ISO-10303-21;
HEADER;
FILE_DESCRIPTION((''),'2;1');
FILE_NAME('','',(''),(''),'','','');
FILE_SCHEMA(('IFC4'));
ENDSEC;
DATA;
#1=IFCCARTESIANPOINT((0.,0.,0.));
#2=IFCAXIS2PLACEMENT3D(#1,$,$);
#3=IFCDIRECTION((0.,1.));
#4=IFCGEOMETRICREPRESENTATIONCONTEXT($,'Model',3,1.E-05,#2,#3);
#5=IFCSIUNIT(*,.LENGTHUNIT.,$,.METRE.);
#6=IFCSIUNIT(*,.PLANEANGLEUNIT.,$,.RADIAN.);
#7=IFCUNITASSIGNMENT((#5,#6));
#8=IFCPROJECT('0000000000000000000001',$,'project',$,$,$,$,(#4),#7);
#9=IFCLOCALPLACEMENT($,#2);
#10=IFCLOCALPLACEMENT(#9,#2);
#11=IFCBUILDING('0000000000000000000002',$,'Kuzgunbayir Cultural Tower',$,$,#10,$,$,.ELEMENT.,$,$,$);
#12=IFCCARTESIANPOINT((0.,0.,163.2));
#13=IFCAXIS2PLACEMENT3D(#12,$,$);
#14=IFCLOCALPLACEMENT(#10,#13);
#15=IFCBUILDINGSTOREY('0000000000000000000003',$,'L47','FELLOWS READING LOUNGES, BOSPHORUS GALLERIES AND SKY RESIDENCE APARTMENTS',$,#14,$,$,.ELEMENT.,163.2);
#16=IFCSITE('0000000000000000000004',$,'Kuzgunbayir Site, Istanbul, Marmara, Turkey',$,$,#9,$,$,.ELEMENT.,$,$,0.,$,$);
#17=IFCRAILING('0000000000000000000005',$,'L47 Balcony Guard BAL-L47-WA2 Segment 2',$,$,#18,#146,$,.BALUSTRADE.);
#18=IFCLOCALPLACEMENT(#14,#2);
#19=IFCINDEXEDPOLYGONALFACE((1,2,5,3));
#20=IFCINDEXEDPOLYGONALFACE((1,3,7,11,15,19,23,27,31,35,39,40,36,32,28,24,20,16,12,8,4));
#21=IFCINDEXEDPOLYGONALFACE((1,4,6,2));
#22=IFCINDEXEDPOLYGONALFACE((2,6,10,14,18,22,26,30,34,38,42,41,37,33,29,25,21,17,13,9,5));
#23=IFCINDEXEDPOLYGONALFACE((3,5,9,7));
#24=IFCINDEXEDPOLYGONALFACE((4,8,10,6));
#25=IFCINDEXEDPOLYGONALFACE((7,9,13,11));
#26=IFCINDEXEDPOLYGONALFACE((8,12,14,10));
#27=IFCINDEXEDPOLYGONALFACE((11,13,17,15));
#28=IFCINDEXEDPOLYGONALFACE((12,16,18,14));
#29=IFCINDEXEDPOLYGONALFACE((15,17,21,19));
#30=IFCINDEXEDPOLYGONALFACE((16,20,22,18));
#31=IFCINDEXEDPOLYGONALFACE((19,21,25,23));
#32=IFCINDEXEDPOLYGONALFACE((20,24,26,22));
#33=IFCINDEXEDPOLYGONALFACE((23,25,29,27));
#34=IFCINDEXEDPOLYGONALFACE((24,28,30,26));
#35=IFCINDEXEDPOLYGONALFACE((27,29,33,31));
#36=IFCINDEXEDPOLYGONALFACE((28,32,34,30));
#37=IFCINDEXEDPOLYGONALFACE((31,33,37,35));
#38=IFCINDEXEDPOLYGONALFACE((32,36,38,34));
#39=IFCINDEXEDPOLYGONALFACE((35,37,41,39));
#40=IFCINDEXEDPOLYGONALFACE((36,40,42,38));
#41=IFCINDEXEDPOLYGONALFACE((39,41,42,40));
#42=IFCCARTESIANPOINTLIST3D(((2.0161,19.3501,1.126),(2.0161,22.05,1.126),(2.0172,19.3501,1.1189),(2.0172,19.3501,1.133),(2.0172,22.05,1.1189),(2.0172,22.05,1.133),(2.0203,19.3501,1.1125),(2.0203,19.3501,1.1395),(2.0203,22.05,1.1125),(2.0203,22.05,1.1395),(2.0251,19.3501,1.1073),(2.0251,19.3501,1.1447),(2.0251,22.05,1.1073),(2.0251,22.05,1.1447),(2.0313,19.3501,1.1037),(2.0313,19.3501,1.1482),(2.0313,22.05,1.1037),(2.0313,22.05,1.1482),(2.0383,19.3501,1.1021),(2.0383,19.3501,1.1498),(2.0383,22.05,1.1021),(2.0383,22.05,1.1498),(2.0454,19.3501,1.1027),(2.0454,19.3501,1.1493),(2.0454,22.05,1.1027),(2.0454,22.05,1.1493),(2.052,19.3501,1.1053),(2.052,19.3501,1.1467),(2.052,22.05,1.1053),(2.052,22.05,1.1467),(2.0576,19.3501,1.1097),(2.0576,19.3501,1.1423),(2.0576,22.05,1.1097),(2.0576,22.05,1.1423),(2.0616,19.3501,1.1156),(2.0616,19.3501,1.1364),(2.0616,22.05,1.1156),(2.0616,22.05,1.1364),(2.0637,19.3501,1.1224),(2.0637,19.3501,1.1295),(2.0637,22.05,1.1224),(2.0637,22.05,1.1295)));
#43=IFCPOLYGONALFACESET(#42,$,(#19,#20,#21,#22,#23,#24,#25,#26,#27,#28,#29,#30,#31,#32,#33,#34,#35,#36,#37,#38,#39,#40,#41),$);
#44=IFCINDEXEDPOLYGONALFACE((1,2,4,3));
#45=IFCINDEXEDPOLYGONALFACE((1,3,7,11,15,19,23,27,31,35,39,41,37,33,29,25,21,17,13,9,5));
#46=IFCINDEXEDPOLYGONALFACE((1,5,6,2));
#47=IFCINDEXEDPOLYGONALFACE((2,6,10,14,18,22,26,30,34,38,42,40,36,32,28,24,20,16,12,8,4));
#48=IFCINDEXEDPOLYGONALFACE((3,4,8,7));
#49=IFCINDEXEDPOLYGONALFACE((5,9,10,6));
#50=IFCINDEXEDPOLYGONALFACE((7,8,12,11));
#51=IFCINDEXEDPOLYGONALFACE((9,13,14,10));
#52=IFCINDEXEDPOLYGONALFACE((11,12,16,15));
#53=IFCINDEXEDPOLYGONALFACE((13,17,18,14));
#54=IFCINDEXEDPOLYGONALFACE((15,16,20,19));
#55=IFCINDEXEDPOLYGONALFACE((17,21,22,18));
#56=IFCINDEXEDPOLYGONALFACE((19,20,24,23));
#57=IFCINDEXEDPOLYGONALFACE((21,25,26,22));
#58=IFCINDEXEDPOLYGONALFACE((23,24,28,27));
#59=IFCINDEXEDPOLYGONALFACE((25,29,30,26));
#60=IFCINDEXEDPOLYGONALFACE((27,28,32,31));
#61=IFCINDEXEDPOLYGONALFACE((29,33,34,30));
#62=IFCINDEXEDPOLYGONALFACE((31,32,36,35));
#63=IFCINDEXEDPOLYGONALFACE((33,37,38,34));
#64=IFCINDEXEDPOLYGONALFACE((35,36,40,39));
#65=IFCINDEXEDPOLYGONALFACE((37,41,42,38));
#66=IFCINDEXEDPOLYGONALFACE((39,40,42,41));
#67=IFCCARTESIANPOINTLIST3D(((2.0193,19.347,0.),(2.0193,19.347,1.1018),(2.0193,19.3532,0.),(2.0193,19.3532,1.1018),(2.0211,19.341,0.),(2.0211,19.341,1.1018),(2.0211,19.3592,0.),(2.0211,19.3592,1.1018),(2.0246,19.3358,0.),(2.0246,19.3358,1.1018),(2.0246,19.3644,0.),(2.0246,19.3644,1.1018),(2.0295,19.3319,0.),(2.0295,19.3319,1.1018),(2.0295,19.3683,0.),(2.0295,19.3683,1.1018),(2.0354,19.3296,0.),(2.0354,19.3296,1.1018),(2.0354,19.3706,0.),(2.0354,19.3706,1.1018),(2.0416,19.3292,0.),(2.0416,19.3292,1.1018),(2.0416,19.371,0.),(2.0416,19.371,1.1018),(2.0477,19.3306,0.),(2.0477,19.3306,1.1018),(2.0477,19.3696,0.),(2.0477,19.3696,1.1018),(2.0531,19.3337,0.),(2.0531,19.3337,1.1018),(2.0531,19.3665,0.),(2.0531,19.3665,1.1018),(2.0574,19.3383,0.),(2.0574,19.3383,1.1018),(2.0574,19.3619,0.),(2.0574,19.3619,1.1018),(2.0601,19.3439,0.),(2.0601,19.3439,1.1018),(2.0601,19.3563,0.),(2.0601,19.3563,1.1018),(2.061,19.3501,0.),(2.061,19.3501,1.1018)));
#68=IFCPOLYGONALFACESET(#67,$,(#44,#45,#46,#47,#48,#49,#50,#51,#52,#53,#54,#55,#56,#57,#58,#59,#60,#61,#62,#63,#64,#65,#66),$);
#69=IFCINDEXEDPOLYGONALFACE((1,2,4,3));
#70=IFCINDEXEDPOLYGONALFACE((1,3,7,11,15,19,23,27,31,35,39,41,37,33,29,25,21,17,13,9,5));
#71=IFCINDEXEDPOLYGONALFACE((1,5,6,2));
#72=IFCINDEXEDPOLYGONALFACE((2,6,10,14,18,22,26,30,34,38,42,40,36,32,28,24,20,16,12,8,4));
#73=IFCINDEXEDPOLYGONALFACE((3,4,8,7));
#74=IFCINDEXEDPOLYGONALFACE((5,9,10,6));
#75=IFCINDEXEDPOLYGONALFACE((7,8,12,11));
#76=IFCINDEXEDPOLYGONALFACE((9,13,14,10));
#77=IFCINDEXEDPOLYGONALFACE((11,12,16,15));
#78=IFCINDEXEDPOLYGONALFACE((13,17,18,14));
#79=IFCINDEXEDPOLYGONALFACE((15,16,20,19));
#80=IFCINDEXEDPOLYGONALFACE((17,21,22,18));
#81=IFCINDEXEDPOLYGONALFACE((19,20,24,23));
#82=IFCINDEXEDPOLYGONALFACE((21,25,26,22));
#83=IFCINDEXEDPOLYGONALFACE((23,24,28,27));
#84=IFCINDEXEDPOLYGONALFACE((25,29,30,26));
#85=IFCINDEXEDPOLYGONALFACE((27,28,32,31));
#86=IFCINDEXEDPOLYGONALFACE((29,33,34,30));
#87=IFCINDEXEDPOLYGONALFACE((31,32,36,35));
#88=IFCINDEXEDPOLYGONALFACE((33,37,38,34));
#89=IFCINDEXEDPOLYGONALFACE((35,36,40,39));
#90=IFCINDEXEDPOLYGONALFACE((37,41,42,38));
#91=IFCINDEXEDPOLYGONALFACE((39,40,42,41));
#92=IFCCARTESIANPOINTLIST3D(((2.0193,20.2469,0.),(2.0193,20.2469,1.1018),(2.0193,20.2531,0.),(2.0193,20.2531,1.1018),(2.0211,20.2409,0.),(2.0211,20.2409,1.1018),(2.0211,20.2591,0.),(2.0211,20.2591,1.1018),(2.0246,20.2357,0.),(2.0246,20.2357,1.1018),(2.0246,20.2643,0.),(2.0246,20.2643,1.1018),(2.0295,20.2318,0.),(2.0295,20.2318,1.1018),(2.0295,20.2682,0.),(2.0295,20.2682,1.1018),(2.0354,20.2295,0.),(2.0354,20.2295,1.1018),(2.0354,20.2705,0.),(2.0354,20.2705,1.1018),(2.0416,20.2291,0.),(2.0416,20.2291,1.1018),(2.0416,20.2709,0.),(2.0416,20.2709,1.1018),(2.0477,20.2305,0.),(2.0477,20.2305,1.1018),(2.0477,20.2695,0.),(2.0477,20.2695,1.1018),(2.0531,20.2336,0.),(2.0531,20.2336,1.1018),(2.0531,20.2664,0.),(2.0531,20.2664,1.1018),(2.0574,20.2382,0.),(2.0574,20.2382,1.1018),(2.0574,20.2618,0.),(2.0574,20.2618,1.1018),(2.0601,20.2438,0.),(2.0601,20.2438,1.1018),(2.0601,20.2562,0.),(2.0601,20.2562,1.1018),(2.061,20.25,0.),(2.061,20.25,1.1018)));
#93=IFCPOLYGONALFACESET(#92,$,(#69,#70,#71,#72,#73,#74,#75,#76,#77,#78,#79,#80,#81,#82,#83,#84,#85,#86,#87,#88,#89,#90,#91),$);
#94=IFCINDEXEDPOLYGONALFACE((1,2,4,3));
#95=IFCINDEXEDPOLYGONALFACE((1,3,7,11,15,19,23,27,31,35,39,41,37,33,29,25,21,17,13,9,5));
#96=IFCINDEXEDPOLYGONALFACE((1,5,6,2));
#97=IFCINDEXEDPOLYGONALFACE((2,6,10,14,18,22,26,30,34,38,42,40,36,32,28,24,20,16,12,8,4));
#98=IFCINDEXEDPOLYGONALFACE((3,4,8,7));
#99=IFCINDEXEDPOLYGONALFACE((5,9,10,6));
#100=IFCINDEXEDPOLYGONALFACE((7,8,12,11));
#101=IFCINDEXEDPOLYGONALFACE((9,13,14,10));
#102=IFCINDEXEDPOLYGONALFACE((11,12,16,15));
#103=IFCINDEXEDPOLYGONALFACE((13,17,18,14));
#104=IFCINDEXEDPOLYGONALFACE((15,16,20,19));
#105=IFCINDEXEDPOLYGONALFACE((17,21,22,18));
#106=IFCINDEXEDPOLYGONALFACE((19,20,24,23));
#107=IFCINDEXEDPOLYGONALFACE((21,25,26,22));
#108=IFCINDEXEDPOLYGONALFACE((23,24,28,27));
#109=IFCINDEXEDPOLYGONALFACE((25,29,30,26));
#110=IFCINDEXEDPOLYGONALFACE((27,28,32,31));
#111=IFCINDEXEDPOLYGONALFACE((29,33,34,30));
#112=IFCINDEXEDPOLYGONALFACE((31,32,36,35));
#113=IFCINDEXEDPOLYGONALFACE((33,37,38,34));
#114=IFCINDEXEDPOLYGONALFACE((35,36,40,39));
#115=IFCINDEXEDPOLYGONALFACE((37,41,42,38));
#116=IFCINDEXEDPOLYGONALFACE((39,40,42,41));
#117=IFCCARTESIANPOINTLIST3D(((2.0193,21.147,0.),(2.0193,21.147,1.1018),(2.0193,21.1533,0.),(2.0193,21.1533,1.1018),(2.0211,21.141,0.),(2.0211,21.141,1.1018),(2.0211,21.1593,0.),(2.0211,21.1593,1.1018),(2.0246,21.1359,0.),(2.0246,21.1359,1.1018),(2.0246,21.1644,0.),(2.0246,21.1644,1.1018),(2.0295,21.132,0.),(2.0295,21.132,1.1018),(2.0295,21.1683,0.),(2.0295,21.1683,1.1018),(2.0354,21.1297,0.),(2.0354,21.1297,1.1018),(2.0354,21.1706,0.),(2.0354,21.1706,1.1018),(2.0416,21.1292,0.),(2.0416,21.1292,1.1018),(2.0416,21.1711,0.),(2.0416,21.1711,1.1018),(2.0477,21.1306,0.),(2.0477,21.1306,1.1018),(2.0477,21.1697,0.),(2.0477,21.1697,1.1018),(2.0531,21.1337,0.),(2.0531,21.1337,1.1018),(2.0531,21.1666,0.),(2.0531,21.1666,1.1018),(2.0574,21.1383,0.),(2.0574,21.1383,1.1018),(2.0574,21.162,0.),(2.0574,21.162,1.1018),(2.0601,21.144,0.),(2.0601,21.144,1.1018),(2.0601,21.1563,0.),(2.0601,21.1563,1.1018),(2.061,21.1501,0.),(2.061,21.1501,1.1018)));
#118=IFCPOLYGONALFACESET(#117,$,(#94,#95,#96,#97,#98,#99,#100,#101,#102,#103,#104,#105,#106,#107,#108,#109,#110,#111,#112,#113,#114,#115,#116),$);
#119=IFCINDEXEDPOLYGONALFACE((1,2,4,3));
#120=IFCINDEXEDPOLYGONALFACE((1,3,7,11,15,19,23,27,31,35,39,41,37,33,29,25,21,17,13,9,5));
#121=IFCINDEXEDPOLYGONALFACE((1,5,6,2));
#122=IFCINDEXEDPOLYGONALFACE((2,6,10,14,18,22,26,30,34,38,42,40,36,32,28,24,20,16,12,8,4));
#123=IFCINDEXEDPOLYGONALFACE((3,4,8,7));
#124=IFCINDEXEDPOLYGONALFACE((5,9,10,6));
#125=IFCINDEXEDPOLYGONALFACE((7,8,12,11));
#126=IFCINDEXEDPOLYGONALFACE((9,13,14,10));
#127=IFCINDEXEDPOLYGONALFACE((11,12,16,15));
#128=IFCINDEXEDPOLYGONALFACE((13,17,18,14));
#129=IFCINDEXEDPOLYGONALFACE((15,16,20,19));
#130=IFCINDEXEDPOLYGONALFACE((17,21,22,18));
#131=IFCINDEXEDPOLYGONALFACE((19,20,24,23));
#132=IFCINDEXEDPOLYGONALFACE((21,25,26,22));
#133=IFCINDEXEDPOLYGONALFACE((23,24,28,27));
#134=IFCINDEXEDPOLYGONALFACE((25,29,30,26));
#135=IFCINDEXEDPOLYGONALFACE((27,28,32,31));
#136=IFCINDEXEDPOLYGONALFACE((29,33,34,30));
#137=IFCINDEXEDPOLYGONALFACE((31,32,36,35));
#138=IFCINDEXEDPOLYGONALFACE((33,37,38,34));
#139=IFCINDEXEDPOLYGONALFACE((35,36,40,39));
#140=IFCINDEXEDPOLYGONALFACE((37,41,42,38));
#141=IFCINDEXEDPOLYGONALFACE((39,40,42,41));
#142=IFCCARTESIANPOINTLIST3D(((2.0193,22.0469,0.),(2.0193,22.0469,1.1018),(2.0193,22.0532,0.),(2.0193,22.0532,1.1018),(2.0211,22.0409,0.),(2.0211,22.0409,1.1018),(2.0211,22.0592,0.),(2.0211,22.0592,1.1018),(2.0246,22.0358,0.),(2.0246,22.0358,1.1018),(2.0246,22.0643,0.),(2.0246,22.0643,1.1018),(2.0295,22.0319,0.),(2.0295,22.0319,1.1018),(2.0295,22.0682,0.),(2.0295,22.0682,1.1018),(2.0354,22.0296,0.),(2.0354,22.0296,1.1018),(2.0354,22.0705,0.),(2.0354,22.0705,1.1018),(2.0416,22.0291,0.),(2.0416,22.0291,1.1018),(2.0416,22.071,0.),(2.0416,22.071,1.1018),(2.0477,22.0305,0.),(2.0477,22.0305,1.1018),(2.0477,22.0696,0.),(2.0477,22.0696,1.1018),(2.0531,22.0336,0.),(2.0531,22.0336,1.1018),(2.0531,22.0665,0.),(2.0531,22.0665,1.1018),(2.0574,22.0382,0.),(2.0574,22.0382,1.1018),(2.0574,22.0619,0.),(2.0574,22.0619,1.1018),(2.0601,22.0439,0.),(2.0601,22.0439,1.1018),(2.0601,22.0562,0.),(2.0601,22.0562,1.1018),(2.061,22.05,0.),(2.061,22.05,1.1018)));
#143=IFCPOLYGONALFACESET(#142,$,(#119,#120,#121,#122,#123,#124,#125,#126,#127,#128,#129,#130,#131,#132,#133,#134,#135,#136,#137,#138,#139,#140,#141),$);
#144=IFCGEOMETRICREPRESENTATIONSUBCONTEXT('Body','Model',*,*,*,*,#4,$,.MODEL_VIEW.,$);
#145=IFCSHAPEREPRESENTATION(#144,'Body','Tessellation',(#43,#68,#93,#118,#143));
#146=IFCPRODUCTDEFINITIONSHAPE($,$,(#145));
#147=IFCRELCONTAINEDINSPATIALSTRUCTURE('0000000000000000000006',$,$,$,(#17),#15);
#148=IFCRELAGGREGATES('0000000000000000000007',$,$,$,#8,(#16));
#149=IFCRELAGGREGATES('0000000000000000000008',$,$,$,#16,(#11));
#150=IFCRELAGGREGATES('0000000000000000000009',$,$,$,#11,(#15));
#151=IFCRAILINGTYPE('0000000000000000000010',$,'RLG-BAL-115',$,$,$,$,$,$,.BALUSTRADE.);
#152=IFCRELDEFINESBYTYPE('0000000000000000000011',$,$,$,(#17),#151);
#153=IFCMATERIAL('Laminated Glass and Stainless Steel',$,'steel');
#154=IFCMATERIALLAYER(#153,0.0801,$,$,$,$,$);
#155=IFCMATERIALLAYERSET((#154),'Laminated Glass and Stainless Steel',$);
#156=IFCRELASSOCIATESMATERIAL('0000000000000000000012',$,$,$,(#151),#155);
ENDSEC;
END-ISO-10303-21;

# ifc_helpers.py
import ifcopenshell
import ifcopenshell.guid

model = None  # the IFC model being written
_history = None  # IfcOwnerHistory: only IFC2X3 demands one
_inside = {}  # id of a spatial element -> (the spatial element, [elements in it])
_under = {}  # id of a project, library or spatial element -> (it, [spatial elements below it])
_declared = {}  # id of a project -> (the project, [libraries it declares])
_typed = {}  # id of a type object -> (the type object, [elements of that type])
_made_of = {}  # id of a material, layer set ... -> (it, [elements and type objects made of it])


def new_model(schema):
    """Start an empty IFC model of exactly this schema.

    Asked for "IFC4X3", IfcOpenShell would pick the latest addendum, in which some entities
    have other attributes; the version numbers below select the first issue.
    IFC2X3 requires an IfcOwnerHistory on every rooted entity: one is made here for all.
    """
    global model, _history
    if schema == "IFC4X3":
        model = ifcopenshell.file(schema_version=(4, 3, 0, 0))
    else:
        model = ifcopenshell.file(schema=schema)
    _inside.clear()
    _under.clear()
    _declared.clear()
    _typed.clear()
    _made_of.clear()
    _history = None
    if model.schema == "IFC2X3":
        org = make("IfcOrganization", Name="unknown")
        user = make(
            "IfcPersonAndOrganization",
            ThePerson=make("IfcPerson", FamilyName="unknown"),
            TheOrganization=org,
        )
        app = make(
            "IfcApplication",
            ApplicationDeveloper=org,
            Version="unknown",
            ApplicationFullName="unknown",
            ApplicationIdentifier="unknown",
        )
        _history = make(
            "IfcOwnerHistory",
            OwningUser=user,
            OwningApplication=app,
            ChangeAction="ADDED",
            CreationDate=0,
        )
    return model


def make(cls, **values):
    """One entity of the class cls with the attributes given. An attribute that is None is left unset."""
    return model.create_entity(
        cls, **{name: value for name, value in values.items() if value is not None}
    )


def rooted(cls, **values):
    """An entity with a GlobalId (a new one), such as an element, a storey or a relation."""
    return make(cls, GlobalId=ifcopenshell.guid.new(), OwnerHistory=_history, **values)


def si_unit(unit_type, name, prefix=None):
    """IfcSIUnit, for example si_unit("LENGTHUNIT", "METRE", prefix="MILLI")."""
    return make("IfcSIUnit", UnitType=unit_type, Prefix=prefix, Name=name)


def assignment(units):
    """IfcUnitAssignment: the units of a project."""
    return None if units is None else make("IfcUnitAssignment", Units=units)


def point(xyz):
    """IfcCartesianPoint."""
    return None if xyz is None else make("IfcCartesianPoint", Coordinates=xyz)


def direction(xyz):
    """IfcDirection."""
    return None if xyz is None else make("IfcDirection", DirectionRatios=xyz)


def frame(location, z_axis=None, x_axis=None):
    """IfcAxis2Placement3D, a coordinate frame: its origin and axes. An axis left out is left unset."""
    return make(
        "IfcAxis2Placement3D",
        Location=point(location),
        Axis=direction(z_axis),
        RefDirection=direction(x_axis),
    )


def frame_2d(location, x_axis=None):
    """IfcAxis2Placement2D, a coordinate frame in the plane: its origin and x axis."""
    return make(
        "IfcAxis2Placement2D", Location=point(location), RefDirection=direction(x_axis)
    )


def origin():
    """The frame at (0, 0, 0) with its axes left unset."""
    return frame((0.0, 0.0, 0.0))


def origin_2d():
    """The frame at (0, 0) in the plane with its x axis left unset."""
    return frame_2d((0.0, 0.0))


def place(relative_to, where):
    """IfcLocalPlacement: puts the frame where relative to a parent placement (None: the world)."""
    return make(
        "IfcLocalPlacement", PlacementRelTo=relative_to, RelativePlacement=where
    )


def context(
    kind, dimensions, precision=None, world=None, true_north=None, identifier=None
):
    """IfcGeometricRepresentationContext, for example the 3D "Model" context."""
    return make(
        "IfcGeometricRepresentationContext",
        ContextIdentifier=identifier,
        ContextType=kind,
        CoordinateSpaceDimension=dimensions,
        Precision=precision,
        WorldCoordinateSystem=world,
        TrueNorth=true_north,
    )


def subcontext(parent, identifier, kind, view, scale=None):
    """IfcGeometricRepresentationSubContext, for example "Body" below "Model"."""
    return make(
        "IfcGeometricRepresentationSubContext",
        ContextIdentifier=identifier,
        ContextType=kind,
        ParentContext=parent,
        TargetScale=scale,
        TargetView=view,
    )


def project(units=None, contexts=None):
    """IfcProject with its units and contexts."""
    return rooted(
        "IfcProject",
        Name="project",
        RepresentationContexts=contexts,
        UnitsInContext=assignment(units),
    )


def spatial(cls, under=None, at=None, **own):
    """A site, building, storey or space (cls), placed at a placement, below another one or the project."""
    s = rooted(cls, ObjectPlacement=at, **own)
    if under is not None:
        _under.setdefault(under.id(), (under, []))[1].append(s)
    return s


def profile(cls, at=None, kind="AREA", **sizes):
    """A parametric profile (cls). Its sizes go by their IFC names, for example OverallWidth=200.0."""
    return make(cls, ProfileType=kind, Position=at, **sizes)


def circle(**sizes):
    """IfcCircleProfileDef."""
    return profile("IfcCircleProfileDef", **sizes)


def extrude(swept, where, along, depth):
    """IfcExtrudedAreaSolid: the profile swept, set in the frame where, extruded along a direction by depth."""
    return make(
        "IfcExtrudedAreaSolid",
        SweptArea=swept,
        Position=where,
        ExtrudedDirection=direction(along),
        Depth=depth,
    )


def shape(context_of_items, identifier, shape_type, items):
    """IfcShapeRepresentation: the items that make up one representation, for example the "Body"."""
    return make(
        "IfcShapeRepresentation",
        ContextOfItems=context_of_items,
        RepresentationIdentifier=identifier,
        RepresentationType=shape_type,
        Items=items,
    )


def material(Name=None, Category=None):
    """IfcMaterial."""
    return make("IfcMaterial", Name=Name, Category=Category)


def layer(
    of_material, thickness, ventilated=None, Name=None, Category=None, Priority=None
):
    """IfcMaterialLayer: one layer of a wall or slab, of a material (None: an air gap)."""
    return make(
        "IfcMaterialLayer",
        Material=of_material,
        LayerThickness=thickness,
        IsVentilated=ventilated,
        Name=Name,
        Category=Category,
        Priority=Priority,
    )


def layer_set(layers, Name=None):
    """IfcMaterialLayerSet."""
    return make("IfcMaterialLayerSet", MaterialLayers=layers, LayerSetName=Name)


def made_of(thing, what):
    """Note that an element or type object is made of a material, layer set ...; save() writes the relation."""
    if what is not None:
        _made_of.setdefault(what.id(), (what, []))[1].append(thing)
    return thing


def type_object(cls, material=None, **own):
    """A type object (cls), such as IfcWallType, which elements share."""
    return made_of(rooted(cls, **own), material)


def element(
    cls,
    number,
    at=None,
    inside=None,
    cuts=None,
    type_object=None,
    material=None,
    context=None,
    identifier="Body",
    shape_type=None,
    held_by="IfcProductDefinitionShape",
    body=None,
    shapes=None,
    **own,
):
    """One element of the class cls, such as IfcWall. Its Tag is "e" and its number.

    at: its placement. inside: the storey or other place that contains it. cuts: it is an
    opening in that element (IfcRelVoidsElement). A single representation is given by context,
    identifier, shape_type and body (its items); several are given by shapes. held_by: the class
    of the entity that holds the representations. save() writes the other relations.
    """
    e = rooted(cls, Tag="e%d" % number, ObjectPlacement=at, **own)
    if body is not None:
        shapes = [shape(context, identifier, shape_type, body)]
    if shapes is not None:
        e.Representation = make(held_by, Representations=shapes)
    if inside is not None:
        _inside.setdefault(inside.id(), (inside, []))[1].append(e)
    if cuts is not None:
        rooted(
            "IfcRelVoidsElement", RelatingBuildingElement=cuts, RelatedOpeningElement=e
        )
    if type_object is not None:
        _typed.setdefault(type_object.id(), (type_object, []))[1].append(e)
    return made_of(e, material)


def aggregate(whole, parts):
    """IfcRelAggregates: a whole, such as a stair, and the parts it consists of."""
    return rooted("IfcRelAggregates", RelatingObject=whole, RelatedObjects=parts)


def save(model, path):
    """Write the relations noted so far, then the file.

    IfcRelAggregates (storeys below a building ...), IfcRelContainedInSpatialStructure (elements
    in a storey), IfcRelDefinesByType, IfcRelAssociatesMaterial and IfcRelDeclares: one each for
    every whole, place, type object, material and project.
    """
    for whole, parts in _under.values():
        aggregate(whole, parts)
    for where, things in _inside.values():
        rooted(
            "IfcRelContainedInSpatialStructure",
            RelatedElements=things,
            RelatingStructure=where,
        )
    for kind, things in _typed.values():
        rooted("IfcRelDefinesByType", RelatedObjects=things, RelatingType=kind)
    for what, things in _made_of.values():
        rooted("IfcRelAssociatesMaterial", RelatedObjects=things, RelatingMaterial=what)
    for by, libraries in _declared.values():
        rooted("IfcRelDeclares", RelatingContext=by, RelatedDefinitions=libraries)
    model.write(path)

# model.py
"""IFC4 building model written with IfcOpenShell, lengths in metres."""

from ifc_helpers import new_model, si_unit, direction, frame, origin, origin_2d, place, context, subcontext, project, spatial, circle, extrude, material, layer, layer_set, type_object, element, save


model = new_model("IFC4")

# Units and contexts
model_context = context("Model", 3, precision=1e-05, world=origin(), true_north=direction((0.0, 1.0)))
body_context = subcontext(model_context, "Body", "Model", "MODEL_VIEW")
ifc_project = project(units=[si_unit("LENGTHUNIT", "METRE"), si_unit("PLANEANGLEUNIT", "RADIAN")], contexts=[model_context])

# Site, building, storey
site_placement = place(None, origin())
site = spatial("IfcSite", under=ifc_project, at=site_placement, Name="Kuzgunbayir Site, Istanbul, Marmara, Turkey", CompositionType="ELEMENT", RefElevation=0.0)
building_placement = place(site_placement, origin())
building = spatial("IfcBuilding", under=site, at=building_placement, Name="Kuzgunbayir Cultural Tower", CompositionType="ELEMENT")
storey_placement = place(building_placement, frame((0.0, 0.0, 163.2)))
storey = spatial("IfcBuildingStorey", under=building, at=storey_placement, Name="L47", Description="FELLOWS READING LOUNGES, BOSPHORUS GALLERIES AND SKY RESIDENCE APARTMENTS", CompositionType="ELEMENT", Elevation=163.2)

# Railing
ifc_material_1 = material(Name="Laminated Glass and Stainless Steel", Category="steel")
ifc_layer_1 = layer(ifc_material_1, 0.0801)
ifc_layer_set_1 = layer_set([ifc_layer_1], Name="Laminated Glass and Stainless Steel")
railing_type = type_object("IfcRailingType", Name="RLG-BAL-115", PredefinedType="BALUSTRADE", material=ifc_layer_set_1)
railing_1_placement = place(storey_placement, frame((2.04, 19.3501, 0.0)))
element("IfcRailing", 1, at=railing_1_placement, inside=storey, type_object=railing_type, Name="L47 Balcony Guard BAL-L47-WA2 Segment 2", PredefinedType="BALUSTRADE", context=body_context, shape_type="SweptSolid", body=[
    extrude(circle(Radius=0.0239, at=origin_2d()), frame((0.0, 0.0, 1.126), z_axis=(0.0, 1.0, 0.0), x_axis=(-1.0, 0.0, 0.0)), (0.0, 0.0, 1.0), 2.7),
    extrude(circle(Radius=0.021, at=origin_2d()), origin(), (0.0, 0.0, 1.0), 1.1018),
    extrude(circle(Radius=0.021, at=origin_2d()), frame((0.0, 0.8999, 0.0)), (0.0, 0.0, 1.0), 1.1018),
    extrude(circle(Radius=0.021, at=origin_2d()), frame((0.0, 1.8, 0.0)), (0.0, 0.0, 1.0), 1.1018),
    extrude(circle(Radius=0.021, at=origin_2d()), frame((0.0, 2.7, 0.0)), (0.0, 0.0, 1.0), 1.1018),
])

save(model, "model.ifc")
